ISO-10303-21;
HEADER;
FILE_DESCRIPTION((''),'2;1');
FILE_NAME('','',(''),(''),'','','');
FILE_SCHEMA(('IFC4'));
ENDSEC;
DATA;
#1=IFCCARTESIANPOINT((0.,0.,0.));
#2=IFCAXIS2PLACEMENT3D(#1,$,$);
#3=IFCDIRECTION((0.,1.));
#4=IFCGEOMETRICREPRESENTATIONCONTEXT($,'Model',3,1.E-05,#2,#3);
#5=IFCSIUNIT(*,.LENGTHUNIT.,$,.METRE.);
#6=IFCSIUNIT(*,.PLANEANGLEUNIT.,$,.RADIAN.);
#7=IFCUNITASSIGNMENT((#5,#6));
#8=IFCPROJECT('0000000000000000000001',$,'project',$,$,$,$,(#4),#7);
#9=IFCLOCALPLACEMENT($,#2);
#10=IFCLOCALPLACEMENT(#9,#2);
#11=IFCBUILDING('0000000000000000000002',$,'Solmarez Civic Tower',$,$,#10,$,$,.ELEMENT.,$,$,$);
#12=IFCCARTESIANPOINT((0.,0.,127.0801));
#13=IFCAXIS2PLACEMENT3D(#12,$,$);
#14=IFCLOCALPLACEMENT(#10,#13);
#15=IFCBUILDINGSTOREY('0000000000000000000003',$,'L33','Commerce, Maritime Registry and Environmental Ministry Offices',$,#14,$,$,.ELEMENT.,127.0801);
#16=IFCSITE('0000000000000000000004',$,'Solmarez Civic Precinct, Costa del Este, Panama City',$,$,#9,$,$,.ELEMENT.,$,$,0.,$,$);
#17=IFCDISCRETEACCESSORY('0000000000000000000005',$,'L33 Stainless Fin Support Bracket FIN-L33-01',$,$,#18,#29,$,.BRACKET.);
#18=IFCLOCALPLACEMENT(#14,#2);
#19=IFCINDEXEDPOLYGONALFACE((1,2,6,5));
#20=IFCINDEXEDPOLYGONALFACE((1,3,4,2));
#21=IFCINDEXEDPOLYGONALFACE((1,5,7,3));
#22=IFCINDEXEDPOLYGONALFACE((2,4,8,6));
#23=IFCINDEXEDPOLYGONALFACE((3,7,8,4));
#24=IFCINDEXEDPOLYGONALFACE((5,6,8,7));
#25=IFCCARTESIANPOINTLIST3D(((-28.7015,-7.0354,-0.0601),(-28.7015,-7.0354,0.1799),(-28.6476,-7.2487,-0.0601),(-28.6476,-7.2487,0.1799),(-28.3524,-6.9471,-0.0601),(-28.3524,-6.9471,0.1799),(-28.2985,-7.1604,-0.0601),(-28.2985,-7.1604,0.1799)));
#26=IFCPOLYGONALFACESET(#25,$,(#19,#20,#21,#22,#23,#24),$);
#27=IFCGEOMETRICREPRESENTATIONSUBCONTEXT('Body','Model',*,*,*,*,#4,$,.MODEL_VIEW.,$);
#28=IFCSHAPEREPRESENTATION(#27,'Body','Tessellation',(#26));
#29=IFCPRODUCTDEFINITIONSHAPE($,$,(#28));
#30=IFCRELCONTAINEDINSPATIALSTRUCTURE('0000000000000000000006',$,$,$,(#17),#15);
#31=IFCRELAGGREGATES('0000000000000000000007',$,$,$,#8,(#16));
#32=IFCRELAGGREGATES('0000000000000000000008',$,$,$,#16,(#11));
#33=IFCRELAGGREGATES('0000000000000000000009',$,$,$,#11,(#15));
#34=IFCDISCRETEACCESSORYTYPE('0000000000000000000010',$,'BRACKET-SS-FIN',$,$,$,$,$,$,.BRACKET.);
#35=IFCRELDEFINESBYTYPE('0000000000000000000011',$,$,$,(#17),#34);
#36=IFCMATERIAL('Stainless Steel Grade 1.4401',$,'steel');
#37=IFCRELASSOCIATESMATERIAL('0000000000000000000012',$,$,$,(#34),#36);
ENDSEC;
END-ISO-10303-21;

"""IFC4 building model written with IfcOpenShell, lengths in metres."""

from ifc_helpers import new_model, si_unit, direction, frame, origin, origin_2d, place, context, subcontext, project, spatial, rectangle, extrude, material, type_object, element, save


model = new_model("IFC4")

# Units and contexts
model_context = context("Model", 3, precision=1e-05, world=origin(), true_north=direction((0.0, 1.0)))
body_context = subcontext(model_context, "Body", "Model", "MODEL_VIEW")
ifc_project = project(units=[si_unit("LENGTHUNIT", "METRE"), si_unit("PLANEANGLEUNIT", "RADIAN")], contexts=[model_context])

# Site, building, storey
site_placement = place(None, origin())
site = spatial("IfcSite", under=ifc_project, at=site_placement, Name="Solmarez Civic Precinct, Costa del Este, Panama City", CompositionType="ELEMENT", RefElevation=0.0)
building_placement = place(site_placement, origin())
building = spatial("IfcBuilding", under=site, at=building_placement, Name="Solmarez Civic Tower", CompositionType="ELEMENT")
storey_placement = place(building_placement, frame((0.0, 0.0, 127.0801)))
storey = spatial("IfcBuildingStorey", under=building, at=storey_placement, Name="L33", Description="Commerce, Maritime Registry and Environmental Ministry Offices", CompositionType="ELEMENT", Elevation=127.0801)

# Discrete accessory
ifc_material_1 = material(Name="Stainless Steel Grade 1.4401", Category="steel")
discrete_accessory_type = type_object("IfcDiscreteAccessoryType", Name="BRACKET-SS-FIN", PredefinedType="BRACKET", material=ifc_material_1)
discrete_accessory_placement = place(storey_placement, frame((-28.5, -7.0979, -0.0601), z_axis=(0.0, 0.0, 1.0), x_axis=(-0.969442, -0.245322, 0.0)))
element("IfcDiscreteAccessory", 1, at=discrete_accessory_placement, inside=storey, type_object=discrete_accessory_type, Name="L33 Stainless Fin Support Bracket FIN-L33-01", PredefinedType="BRACKET", context=body_context, shape_type="SweptSolid", body=[
    extrude(rectangle(XDim=0.3601, YDim=0.22, at=origin_2d()), origin(), (0.0, 0.0, 1.0), 0.24),
])

save(model, "model.ifc")
